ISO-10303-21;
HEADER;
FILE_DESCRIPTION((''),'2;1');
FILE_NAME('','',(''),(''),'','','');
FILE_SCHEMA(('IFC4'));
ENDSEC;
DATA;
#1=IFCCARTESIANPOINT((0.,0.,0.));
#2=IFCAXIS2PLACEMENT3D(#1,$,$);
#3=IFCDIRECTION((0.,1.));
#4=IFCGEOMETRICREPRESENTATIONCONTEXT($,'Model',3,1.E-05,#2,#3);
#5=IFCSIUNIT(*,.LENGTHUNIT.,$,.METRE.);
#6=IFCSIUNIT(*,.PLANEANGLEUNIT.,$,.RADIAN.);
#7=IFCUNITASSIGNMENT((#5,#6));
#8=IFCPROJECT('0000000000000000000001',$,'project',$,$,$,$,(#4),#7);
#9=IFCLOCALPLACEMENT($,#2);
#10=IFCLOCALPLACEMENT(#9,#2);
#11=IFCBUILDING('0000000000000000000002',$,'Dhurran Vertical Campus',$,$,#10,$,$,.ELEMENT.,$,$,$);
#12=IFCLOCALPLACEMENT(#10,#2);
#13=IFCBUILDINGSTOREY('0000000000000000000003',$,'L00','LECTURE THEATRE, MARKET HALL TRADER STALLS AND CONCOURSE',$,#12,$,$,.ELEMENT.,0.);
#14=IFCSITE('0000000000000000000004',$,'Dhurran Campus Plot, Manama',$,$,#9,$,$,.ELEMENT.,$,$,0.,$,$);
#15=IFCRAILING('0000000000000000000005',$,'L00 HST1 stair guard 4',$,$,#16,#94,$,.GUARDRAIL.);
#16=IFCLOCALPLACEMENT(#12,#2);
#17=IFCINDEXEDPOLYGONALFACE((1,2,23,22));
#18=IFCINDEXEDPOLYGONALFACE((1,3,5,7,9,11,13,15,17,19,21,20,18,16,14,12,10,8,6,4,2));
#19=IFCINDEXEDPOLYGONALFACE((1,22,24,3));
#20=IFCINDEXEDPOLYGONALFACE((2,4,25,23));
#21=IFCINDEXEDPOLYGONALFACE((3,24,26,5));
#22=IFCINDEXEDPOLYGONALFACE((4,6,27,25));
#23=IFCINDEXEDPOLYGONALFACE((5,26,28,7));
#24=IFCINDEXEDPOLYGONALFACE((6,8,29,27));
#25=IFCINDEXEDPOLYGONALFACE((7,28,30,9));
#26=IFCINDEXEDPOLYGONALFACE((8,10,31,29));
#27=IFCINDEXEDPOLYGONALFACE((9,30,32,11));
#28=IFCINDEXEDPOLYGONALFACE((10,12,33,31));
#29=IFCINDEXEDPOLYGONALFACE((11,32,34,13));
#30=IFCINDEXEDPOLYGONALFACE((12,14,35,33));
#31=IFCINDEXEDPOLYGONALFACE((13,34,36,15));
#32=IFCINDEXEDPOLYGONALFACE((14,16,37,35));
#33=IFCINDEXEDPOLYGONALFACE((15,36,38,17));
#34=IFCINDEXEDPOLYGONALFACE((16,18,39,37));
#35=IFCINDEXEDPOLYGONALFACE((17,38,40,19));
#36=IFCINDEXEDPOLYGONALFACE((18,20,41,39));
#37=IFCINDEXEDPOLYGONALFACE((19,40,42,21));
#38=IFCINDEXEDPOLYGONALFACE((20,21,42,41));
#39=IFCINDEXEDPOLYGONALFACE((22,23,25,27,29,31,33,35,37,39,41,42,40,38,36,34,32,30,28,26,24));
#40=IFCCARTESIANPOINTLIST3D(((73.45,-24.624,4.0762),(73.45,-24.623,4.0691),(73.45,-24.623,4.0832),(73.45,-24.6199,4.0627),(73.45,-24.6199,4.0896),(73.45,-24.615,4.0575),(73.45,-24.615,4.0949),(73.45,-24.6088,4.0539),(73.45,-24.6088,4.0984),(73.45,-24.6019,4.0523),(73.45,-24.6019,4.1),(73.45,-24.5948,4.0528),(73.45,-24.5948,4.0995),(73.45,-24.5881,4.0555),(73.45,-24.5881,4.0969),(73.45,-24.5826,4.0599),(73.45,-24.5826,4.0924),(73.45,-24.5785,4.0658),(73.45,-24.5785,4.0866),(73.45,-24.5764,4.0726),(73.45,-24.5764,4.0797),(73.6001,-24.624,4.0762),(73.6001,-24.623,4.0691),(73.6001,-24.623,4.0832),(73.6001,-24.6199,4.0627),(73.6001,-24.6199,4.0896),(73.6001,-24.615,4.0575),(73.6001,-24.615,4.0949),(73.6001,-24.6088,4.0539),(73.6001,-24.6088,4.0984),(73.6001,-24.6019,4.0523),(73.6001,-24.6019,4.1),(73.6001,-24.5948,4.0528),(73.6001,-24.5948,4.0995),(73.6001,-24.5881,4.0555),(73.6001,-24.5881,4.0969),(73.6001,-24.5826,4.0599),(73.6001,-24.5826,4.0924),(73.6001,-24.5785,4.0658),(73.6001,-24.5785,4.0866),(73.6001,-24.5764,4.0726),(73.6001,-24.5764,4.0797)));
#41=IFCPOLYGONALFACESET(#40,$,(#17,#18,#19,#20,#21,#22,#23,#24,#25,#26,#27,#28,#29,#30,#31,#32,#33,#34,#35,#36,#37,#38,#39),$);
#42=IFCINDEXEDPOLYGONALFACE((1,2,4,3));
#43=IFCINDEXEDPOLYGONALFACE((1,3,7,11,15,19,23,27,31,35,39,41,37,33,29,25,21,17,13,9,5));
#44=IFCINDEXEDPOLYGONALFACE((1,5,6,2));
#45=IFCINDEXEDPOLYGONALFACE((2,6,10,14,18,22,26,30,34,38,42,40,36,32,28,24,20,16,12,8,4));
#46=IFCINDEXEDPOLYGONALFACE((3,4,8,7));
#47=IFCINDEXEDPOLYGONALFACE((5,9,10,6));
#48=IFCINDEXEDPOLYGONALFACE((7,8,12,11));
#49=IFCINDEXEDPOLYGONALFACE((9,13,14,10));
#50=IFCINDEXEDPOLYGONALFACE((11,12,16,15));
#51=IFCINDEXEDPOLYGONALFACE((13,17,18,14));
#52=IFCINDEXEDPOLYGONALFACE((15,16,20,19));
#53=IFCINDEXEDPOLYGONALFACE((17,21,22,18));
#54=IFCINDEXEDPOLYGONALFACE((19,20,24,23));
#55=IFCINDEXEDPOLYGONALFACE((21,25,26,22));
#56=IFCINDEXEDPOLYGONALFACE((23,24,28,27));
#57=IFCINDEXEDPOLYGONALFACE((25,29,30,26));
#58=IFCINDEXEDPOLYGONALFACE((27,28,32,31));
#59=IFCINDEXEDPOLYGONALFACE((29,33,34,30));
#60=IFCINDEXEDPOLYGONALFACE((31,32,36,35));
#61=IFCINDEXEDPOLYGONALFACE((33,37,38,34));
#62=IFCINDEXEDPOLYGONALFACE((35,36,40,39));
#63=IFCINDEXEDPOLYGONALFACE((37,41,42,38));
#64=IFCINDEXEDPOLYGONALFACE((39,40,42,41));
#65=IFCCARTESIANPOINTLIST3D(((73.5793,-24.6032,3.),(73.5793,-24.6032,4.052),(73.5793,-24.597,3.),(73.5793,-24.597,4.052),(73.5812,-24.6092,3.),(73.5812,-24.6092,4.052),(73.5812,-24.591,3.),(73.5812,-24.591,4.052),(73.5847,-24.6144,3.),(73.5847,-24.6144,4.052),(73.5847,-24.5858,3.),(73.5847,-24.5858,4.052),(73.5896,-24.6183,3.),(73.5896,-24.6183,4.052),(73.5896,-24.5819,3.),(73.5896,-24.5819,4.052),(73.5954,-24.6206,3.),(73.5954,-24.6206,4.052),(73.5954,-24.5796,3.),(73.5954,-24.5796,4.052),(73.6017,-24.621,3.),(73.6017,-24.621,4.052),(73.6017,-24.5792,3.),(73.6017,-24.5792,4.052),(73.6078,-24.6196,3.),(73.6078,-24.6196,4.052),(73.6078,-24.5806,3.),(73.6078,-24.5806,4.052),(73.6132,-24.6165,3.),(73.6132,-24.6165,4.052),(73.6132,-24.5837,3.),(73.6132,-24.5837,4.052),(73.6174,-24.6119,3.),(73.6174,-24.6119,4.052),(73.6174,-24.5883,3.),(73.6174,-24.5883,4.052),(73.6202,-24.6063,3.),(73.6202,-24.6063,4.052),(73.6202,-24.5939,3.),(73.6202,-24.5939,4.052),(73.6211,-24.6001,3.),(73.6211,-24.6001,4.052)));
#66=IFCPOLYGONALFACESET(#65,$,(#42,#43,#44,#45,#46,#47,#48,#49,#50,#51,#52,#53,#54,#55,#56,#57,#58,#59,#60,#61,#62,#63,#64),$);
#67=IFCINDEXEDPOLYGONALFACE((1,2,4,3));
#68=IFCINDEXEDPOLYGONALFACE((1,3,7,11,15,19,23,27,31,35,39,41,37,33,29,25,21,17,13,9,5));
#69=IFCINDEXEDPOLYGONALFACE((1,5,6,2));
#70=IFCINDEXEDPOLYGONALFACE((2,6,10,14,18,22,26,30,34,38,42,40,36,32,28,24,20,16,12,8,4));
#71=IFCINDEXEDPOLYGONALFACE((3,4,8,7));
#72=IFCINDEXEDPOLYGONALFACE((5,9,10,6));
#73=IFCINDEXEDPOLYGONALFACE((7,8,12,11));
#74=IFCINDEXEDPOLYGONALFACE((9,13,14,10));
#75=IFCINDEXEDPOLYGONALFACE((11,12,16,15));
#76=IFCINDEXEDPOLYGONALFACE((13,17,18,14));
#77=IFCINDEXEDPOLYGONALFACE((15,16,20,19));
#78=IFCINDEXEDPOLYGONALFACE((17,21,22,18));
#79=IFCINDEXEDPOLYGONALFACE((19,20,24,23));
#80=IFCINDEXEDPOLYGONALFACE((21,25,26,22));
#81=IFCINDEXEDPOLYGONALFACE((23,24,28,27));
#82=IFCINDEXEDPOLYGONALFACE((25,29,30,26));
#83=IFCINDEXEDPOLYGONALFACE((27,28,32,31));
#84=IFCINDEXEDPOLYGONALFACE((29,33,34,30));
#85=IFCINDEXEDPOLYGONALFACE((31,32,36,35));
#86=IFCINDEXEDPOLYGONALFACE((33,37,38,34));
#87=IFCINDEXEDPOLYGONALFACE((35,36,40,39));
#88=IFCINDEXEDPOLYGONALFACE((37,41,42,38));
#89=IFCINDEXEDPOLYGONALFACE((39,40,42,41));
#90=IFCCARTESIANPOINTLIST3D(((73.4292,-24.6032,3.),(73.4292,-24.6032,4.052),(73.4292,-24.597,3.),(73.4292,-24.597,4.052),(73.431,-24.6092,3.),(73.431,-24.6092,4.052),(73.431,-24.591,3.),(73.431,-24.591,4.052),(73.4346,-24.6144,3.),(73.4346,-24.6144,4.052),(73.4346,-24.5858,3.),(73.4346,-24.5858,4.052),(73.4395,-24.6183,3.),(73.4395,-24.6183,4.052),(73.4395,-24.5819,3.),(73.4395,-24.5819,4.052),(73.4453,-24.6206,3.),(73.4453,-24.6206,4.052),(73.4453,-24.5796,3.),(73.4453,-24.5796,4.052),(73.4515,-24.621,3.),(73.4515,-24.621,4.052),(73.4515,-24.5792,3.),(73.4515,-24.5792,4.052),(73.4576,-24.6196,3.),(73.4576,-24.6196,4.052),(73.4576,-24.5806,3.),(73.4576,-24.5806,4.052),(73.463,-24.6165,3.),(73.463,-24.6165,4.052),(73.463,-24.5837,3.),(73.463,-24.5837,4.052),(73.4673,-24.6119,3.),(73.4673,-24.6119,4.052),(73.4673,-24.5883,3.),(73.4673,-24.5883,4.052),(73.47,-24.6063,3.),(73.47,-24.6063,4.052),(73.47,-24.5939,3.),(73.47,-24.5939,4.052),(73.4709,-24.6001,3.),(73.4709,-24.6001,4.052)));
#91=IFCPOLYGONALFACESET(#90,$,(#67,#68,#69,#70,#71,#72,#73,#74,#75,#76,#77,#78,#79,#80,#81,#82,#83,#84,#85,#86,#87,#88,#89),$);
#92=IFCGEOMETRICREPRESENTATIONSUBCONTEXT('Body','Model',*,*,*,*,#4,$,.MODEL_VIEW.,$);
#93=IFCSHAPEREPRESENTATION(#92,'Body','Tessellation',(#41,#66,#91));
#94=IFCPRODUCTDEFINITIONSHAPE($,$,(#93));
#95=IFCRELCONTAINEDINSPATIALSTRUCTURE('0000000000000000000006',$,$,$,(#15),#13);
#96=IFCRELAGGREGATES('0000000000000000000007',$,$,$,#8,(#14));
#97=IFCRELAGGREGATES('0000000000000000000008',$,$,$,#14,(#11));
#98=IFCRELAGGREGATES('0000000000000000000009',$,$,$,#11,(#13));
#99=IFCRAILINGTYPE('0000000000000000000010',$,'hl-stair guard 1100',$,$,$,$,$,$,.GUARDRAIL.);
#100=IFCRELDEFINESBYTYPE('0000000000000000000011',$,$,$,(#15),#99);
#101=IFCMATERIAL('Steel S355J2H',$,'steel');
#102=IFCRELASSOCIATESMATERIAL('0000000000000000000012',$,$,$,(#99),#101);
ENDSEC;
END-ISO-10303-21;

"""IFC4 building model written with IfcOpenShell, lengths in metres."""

from ifc_helpers import new_model, si_unit, direction, frame, origin, origin_2d, place, context, subcontext, project, spatial, circle, extrude, material, type_object, element, save


model = new_model("IFC4")

# Units and contexts
model_context = context("Model", 3, precision=1e-05, world=origin(), true_north=direction((0.0, 1.0)))
body_context = subcontext(model_context, "Body", "Model", "MODEL_VIEW")
ifc_project = project(units=[si_unit("LENGTHUNIT", "METRE"), si_unit("PLANEANGLEUNIT", "RADIAN")], contexts=[model_context])

# Site, building, storey
site_placement = place(None, origin())
site = spatial("IfcSite", under=ifc_project, at=site_placement, Name="Dhurran Campus Plot, Manama", CompositionType="ELEMENT", RefElevation=0.0)
building_placement = place(site_placement, origin())
building = spatial("IfcBuilding", under=site, at=building_placement, Name="Dhurran Vertical Campus", CompositionType="ELEMENT")
storey_placement = place(building_placement, origin())
storey = spatial("IfcBuildingStorey", under=building, at=storey_placement, Name="L00", Description="LECTURE THEATRE, MARKET HALL TRADER STALLS AND CONCOURSE", CompositionType="ELEMENT", Elevation=0.0)

# Railing
ifc_material_1 = material(Name="Steel S355J2H", Category="steel")
railing_type_1 = type_object("IfcRailingType", Name="hl-stair guard 1100", PredefinedType="GUARDRAIL", material=ifc_material_1)
railing_1_placement = place(storey_placement, frame((73.6001, -24.6001, 3.0)))
element("IfcRailing", 1, at=railing_1_placement, inside=storey, type_object=railing_type_1, Name="L00 HST1 stair guard 4", PredefinedType="GUARDRAIL", context=body_context, shape_type="SweptSolid", body=[
    extrude(circle(Radius=0.0239, at=origin_2d()), frame((0.0, 0.0, 1.0762), z_axis=(-1.0, 0.0, 0.0), x_axis=(0.0, -1.0, 0.0)), (0.0, 0.0, 1.0), 0.1501),
    extrude(circle(Radius=0.021, at=origin_2d()), origin(), (0.0, 0.0, 1.0), 1.052),
    extrude(circle(Radius=0.021, at=origin_2d()), frame((-0.1501, 0.0, 0.0)), (0.0, 0.0, 1.0), 1.052),
])

save(model, "model.ifc")
